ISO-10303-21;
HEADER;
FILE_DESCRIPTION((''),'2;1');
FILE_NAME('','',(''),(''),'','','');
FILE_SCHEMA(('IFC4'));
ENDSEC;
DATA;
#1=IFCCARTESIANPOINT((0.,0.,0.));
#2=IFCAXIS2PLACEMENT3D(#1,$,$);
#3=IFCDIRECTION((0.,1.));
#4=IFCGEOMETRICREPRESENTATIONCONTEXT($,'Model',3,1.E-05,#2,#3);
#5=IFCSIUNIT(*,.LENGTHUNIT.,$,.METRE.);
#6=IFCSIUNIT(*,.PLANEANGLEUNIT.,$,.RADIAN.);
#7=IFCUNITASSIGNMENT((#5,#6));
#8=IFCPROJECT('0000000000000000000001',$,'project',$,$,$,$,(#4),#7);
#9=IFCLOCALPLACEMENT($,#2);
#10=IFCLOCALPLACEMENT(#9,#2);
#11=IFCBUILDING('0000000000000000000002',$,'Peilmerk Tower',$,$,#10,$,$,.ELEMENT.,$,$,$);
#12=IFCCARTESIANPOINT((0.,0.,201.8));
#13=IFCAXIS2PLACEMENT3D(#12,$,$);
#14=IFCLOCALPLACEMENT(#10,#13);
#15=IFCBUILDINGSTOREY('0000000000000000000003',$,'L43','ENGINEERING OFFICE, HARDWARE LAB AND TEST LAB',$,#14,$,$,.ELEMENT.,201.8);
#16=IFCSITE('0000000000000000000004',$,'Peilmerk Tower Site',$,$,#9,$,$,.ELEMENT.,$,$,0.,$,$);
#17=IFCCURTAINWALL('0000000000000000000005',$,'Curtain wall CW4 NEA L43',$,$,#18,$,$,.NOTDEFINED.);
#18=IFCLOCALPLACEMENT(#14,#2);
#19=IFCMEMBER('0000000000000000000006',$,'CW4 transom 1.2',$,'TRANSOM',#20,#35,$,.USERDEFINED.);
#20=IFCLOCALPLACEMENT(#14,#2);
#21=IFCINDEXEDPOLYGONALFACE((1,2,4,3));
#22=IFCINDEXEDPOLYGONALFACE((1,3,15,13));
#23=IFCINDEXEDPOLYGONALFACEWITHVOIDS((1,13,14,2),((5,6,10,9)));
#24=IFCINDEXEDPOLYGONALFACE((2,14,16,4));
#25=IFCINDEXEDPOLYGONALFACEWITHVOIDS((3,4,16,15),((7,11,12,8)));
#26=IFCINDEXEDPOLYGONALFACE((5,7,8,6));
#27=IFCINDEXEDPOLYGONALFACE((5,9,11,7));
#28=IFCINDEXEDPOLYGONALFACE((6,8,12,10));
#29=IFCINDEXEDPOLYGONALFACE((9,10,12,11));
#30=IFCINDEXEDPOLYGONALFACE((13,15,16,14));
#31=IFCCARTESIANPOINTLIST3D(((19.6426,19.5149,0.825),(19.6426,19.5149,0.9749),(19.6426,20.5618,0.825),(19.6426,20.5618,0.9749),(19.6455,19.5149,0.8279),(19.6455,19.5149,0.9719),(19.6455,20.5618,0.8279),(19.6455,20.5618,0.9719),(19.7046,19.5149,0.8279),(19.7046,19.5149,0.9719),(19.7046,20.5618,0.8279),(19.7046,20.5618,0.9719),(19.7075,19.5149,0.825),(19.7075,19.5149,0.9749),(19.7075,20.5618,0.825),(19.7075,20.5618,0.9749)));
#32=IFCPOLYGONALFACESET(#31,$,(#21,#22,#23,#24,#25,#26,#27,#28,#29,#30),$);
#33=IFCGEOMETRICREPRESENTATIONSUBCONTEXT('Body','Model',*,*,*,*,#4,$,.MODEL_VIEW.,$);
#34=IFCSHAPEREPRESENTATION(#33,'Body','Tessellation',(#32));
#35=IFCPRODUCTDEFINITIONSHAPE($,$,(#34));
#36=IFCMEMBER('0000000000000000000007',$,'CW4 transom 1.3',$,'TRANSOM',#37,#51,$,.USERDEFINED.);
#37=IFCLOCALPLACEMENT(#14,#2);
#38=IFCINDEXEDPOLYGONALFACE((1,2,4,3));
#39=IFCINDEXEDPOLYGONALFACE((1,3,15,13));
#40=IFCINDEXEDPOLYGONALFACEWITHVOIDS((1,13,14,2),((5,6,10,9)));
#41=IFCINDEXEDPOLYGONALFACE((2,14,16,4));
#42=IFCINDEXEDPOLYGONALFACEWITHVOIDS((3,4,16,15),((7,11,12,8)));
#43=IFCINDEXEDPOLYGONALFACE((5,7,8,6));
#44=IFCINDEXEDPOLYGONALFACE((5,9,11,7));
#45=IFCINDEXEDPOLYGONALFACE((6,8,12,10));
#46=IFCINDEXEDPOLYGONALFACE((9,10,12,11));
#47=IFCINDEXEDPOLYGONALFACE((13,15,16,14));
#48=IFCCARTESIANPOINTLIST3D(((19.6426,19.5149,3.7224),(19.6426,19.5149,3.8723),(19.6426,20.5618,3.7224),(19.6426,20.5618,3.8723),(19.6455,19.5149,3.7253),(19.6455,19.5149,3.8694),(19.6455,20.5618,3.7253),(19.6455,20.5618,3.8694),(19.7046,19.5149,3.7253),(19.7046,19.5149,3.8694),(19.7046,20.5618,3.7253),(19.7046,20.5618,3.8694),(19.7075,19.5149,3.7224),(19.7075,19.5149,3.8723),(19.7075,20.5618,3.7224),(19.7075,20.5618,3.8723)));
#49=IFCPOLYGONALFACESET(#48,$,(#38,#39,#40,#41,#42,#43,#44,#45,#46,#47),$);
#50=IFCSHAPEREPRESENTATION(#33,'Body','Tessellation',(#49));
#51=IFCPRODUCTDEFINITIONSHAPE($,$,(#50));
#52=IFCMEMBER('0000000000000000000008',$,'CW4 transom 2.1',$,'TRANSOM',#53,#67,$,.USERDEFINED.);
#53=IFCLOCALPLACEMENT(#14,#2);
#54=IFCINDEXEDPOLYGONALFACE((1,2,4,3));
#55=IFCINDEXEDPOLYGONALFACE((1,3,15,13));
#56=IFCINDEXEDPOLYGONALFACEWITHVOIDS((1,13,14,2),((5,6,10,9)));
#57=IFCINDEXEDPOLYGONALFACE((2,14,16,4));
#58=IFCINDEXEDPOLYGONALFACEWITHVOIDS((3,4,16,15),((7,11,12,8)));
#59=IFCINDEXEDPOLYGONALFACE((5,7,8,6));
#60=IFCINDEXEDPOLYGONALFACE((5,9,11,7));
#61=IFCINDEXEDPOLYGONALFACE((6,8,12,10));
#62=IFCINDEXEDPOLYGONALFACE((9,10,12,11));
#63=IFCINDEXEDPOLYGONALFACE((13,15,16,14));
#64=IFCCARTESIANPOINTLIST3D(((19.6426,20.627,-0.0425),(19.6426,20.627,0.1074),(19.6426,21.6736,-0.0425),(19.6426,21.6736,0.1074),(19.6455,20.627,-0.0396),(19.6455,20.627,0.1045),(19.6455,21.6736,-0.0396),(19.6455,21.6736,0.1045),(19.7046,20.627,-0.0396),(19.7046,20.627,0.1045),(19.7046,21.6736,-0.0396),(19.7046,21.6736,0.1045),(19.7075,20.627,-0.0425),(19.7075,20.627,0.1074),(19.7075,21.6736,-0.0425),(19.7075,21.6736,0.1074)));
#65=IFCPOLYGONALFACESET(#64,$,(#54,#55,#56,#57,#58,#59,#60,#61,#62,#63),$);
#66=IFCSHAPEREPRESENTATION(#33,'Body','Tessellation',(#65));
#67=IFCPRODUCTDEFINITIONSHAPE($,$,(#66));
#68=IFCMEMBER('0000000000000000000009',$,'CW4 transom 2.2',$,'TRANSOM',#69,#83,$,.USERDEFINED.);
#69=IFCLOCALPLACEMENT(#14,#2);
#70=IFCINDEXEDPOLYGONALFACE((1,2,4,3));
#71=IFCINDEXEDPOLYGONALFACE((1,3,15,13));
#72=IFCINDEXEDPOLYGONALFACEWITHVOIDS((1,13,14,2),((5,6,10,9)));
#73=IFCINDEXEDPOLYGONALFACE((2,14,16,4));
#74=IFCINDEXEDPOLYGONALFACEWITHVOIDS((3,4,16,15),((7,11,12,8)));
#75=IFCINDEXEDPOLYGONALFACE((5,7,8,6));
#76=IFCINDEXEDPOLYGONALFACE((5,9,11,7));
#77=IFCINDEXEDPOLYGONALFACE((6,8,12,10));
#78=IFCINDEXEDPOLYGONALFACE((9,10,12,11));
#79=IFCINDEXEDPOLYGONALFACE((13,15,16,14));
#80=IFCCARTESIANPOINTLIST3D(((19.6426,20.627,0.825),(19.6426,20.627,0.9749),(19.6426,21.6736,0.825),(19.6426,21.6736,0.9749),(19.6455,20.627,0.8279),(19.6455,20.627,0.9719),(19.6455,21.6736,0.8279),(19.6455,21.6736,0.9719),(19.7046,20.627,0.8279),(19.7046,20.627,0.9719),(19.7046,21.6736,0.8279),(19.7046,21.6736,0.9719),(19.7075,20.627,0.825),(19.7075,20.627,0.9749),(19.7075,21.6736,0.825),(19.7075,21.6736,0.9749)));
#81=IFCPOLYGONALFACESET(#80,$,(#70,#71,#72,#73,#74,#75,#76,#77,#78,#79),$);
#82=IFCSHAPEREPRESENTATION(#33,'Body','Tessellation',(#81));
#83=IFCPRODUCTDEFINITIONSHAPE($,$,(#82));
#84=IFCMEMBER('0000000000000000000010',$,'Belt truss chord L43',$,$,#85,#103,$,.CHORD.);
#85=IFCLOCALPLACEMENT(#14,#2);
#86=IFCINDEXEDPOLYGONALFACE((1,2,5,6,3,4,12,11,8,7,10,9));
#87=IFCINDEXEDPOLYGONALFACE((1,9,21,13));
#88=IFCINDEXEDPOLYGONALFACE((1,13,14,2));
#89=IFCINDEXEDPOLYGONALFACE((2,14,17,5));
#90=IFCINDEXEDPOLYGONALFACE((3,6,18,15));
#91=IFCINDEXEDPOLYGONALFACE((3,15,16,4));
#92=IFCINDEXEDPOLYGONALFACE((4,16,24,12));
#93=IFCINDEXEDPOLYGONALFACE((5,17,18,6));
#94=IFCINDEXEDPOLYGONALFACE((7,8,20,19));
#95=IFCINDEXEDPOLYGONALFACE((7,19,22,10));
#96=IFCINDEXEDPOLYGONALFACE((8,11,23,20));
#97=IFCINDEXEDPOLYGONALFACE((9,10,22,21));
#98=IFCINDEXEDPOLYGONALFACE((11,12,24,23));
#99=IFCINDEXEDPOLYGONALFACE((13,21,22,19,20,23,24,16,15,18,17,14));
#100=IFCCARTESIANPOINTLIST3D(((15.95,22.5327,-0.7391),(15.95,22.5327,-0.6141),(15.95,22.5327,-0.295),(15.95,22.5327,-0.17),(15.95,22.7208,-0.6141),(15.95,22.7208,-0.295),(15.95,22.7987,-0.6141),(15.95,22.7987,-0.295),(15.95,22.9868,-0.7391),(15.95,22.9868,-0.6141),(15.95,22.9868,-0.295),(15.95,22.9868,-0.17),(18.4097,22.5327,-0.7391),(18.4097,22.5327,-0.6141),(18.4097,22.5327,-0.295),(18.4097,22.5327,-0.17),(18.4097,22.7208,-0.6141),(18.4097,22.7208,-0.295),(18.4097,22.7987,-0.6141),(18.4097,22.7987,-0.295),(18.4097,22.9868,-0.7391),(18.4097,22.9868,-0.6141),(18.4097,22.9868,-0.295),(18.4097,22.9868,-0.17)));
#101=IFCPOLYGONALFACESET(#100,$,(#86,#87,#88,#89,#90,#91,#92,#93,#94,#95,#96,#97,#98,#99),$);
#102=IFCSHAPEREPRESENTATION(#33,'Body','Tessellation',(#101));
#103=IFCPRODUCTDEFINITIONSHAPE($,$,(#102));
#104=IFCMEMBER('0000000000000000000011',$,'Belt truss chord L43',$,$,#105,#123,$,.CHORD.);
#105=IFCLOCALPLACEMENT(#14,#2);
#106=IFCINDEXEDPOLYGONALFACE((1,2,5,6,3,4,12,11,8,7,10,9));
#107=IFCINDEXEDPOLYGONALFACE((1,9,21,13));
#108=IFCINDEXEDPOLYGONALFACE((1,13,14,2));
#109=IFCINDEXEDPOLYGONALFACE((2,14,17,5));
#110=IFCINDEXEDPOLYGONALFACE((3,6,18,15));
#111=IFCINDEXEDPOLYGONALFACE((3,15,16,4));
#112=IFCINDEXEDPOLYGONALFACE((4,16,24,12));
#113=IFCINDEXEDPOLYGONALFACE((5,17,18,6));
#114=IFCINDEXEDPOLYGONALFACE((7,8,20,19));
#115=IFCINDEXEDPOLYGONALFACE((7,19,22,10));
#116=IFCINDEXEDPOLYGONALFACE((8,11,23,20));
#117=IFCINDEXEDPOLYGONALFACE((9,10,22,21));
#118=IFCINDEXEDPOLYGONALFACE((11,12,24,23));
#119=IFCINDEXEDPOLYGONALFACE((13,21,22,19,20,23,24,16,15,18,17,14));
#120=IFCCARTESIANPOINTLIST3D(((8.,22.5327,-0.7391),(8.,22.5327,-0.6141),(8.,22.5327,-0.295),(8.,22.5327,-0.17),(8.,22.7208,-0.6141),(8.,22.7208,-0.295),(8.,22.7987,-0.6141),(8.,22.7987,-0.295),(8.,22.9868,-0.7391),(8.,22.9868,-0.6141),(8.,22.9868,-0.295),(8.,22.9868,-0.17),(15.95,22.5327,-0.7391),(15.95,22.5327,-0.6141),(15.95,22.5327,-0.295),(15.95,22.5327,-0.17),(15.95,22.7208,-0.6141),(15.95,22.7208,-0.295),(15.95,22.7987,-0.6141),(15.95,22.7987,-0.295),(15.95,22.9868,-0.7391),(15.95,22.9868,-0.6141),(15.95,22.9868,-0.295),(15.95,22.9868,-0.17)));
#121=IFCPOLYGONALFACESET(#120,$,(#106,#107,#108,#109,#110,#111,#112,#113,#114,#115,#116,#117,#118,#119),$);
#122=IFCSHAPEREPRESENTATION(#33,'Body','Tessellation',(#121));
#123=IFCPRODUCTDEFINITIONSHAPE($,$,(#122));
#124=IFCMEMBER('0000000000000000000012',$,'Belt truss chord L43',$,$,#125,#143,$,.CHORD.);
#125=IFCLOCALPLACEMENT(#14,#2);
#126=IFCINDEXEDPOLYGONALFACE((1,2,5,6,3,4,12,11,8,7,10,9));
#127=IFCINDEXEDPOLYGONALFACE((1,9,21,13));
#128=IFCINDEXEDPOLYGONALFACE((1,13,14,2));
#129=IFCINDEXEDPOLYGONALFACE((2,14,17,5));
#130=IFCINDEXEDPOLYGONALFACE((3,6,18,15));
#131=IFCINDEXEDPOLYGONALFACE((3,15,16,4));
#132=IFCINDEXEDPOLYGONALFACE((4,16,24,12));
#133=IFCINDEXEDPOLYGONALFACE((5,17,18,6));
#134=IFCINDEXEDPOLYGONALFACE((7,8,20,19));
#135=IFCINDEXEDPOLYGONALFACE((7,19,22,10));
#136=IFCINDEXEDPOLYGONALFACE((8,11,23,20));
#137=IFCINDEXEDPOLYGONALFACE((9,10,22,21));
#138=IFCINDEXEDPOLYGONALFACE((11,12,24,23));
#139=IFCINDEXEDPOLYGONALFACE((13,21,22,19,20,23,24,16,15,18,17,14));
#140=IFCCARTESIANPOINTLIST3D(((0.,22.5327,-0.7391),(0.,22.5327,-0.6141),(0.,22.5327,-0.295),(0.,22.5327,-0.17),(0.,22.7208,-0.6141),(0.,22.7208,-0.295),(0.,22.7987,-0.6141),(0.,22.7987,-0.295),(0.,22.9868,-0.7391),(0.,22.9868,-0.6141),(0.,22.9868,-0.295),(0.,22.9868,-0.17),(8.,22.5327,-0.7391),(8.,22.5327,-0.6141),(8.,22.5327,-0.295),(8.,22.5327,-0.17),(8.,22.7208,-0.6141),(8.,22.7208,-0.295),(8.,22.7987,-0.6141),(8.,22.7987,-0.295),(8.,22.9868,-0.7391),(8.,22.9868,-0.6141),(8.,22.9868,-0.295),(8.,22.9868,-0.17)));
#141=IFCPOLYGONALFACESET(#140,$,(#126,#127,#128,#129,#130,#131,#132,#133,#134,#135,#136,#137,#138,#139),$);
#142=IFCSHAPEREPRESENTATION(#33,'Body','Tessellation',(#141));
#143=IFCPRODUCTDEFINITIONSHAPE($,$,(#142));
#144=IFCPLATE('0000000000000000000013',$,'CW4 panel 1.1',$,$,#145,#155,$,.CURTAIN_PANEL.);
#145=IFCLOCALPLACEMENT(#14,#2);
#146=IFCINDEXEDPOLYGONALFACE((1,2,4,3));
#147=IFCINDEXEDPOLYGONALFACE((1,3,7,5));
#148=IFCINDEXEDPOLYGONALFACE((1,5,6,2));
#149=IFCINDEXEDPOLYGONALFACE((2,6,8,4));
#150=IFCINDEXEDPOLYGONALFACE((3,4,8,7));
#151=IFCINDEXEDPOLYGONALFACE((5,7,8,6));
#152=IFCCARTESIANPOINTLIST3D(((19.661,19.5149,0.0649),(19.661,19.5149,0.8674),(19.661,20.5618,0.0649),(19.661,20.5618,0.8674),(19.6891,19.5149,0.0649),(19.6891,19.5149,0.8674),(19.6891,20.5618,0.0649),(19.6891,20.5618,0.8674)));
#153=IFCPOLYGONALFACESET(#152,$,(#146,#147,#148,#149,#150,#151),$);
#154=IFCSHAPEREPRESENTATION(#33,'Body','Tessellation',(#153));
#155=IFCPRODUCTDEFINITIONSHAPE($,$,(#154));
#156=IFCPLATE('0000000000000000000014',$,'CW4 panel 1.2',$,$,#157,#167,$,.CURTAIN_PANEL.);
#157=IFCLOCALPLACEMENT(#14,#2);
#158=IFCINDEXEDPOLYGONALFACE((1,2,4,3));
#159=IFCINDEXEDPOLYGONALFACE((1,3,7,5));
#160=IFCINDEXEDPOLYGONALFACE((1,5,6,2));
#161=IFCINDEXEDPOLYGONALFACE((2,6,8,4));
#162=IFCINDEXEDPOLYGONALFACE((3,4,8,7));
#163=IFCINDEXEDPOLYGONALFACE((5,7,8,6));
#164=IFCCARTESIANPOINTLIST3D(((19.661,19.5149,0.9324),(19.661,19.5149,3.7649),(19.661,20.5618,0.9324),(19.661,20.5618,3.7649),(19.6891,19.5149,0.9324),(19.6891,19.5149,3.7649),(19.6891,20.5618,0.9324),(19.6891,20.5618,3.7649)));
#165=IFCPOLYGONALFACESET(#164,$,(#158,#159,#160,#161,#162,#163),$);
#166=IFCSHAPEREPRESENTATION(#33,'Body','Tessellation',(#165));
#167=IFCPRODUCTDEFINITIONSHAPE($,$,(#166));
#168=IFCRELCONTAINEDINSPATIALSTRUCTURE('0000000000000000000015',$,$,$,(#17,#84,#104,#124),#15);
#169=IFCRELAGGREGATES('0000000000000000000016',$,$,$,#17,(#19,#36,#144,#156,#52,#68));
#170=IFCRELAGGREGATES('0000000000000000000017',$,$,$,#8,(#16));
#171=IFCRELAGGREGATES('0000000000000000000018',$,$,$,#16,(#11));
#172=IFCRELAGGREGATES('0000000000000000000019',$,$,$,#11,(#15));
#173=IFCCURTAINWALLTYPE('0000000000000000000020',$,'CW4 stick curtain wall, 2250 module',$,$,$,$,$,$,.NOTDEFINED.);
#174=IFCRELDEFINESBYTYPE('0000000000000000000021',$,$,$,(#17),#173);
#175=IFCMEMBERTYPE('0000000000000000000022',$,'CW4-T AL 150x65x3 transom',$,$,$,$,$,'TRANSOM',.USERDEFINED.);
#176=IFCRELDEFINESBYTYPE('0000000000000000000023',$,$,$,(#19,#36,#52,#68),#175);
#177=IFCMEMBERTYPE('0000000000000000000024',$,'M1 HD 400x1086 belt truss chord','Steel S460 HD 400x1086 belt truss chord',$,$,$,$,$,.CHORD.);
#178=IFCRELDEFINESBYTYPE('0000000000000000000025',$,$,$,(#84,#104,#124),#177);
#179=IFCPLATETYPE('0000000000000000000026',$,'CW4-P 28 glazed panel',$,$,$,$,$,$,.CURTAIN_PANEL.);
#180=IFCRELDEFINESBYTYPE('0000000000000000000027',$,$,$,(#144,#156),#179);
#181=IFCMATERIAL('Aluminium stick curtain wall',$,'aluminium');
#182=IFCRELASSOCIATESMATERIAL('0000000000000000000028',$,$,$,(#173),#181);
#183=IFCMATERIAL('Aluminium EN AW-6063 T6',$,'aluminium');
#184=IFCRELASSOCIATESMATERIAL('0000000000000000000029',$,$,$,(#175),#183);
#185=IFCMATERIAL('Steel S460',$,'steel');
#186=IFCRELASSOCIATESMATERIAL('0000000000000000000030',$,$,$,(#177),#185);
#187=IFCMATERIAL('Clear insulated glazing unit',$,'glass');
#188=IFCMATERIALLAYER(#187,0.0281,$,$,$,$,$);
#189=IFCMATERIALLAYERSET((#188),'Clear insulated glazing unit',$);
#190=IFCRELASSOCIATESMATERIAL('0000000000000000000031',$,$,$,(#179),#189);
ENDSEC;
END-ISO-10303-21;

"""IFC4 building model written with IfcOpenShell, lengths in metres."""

from ifc_helpers import new_model, si_unit, direction, frame, origin, origin_2d, place, context, subcontext, project, spatial, rectangle, hollow_rectangle, i_section, extrude, material, layer, layer_set, material_profile, profile_set, type_object, element, aggregate, save


model = new_model("IFC4")

# Units and contexts
model_context = context("Model", 3, precision=1e-05, world=origin(), true_north=direction((0.0, 1.0)))
body_context = subcontext(model_context, "Body", "Model", "MODEL_VIEW")
ifc_project = project(units=[si_unit("LENGTHUNIT", "METRE"), si_unit("PLANEANGLEUNIT", "RADIAN")], contexts=[model_context])

# Site, building, storey
site_placement = place(None, origin())
site = spatial("IfcSite", under=ifc_project, at=site_placement, Name="Peilmerk Tower Site", CompositionType="ELEMENT", RefElevation=0.0)
building_placement = place(site_placement, origin())
building = spatial("IfcBuilding", under=site, at=building_placement, Name="Peilmerk Tower", CompositionType="ELEMENT")
storey_placement = place(building_placement, frame((0.0, 0.0, 201.8)))
storey = spatial("IfcBuildingStorey", under=building, at=storey_placement, Name="L43", Description="ENGINEERING OFFICE, HARDWARE LAB AND TEST LAB", CompositionType="ELEMENT", Elevation=201.8)

# Shared definitions
ifc_material_1 = material(Name="Steel S460", Category="steel")

# Curtain wall, members
ifc_material_2 = material(Name="Aluminium stick curtain wall", Category="aluminium")
curtain_wall_type = type_object("IfcCurtainWallType", Name="CW4 stick curtain wall, 2250 module", PredefinedType="NOTDEFINED", material=ifc_material_2)
curtain_wall_placement = place(storey_placement, origin())
curtain_wall = element("IfcCurtainWall", 1, at=curtain_wall_placement, inside=storey, type_object=curtain_wall_type, Name="Curtain wall CW4 NEA L43", PredefinedType="NOTDEFINED")
ifc_material_3 = material(Name="Aluminium EN AW-6063 T6", Category="aluminium")
ifc_material_profile_1 = material_profile(ifc_material_3, hollow_rectangle(XDim=0.0649, YDim=0.1499, WallThickness=0.0029, at=origin_2d()), Name="AL 150x65x3")
ifc_profile_set_1 = profile_set([ifc_material_profile_1], Name="Aluminium EN AW-6063 T6")
member_type_1 = type_object("IfcMemberType", Name="CW4-T AL 150x65x3 transom", ElementType="TRANSOM", PredefinedType="USERDEFINED", material=ifc_profile_set_1)
member_1_placement = place(storey_placement, frame((19.675, 19.5149, 0.8999), z_axis=(0.0, 1.0, 0.0), x_axis=(-1.0, 0.0, 0.0)))
member_1 = element("IfcMember", 2, at=member_1_placement, type_object=member_type_1, Name="CW4 transom 1.2", ObjectType="TRANSOM", PredefinedType="USERDEFINED", context=body_context, shape_type="SweptSolid", body=[
    extrude(hollow_rectangle(XDim=0.0649, YDim=0.1499, WallThickness=0.0029, at=origin_2d()), origin(), (0.0, 0.0, 1.0), 1.0469),
])
member_2_placement = place(storey_placement, frame((19.675, 19.5149, 3.7974), z_axis=(0.0, 1.0, 0.0), x_axis=(-1.0, 0.0, 0.0)))
member_2 = element("IfcMember", 3, at=member_2_placement, type_object=member_type_1, Name="CW4 transom 1.3", ObjectType="TRANSOM", PredefinedType="USERDEFINED", context=body_context, shape_type="SweptSolid", body=[
    extrude(hollow_rectangle(XDim=0.0649, YDim=0.1499, WallThickness=0.0029, at=origin_2d()), origin(), (0.0, 0.0, 1.0), 1.0469),
])
member_3_placement = place(storey_placement, frame((19.675, 20.627, 0.0325), z_axis=(0.0, 1.0, 0.0), x_axis=(-1.0, 0.0, 0.0)))
member_3 = element("IfcMember", 4, at=member_3_placement, type_object=member_type_1, Name="CW4 transom 2.1", ObjectType="TRANSOM", PredefinedType="USERDEFINED", context=body_context, shape_type="SweptSolid", body=[
    extrude(hollow_rectangle(XDim=0.0649, YDim=0.1499, WallThickness=0.0029, at=origin_2d()), origin(), (0.0, 0.0, 1.0), 1.0466),
])
member_4_placement = place(storey_placement, frame((19.675, 20.627, 0.8999), z_axis=(0.0, 1.0, 0.0), x_axis=(-1.0, 0.0, 0.0)))
member_4 = element("IfcMember", 5, at=member_4_placement, type_object=member_type_1, Name="CW4 transom 2.2", ObjectType="TRANSOM", PredefinedType="USERDEFINED", context=body_context, shape_type="SweptSolid", body=[
    extrude(hollow_rectangle(XDim=0.0649, YDim=0.1499, WallThickness=0.0029, at=origin_2d()), origin(), (0.0, 0.0, 1.0), 1.0466),
])

# Members
ifc_material_profile_2 = material_profile(ifc_material_1, i_section(OverallWidth=0.4541, OverallDepth=0.5691, WebThickness=0.0779, FlangeThickness=0.125, at=origin_2d()), Name="HD 400x1086")
ifc_profile_set_2 = profile_set([ifc_material_profile_2], Name="Steel S460")
member_type_2 = type_object("IfcMemberType", Name="M1 HD 400x1086 belt truss chord", Description="Steel S460 HD 400x1086 belt truss chord", PredefinedType="CHORD", material=ifc_profile_set_2)
member_5_placement = place(storey_placement, frame((18.4097, 22.7598, -0.4546), z_axis=(-1.0, 0.0, 0.0), x_axis=(0.0, -1.0, 0.0)))
element("IfcMember", 6, at=member_5_placement, inside=storey, type_object=member_type_2, Name="Belt truss chord L43", PredefinedType="CHORD", context=body_context, shape_type="SweptSolid", body=[
    extrude(i_section(OverallWidth=0.4541, OverallDepth=0.5691, WebThickness=0.0779, FlangeThickness=0.125, at=origin_2d()), origin(), (0.0, 0.0, 1.0), 2.4597),
])
member_6_placement = place(storey_placement, frame((15.95, 22.7598, -0.4546), z_axis=(-1.0, 0.0, 0.0), x_axis=(0.0, -1.0, 0.0)))
element("IfcMember", 7, at=member_6_placement, inside=storey, type_object=member_type_2, Name="Belt truss chord L43", PredefinedType="CHORD", context=body_context, shape_type="SweptSolid", body=[
    extrude(i_section(OverallWidth=0.4541, OverallDepth=0.5691, WebThickness=0.0779, FlangeThickness=0.125, at=origin_2d()), origin(), (0.0, 0.0, 1.0), 7.95),
])
member_7_placement = place(storey_placement, frame((8.0, 22.7598, -0.4546), z_axis=(-1.0, 0.0, 0.0), x_axis=(0.0, -1.0, 0.0)))
element("IfcMember", 8, at=member_7_placement, inside=storey, type_object=member_type_2, Name="Belt truss chord L43", PredefinedType="CHORD", context=body_context, shape_type="SweptSolid", body=[
    extrude(i_section(OverallWidth=0.4541, OverallDepth=0.5691, WebThickness=0.0779, FlangeThickness=0.125, at=origin_2d()), origin(), (0.0, 0.0, 1.0), 8.0),
])

# Plates
ifc_material_4 = material(Name="Clear insulated glazing unit", Category="glass")
ifc_layer_1 = layer(ifc_material_4, 0.0281)
ifc_layer_set_1 = layer_set([ifc_layer_1], Name="Clear insulated glazing unit")
plate_type = type_object("IfcPlateType", Name="CW4-P 28 glazed panel", PredefinedType="CURTAIN_PANEL", material=ifc_layer_set_1)
plate_1_placement = place(storey_placement, frame((19.675, 20.0383, 0.0649), z_axis=(0.0, 0.0, 1.0), x_axis=(0.0, 1.0, 0.0)))
plate_1 = element("IfcPlate", 9, at=plate_1_placement, type_object=plate_type, Name="CW4 panel 1.1", PredefinedType="CURTAIN_PANEL", context=body_context, shape_type="SweptSolid", body=[
    extrude(rectangle(XDim=1.0469, YDim=0.0281, at=origin_2d()), origin(), (0.0, 0.0, 1.0), 0.8025),
])
plate_2_placement = place(storey_placement, frame((19.675, 20.0383, 0.9324), z_axis=(0.0, 0.0, 1.0), x_axis=(0.0, 1.0, 0.0)))
plate_2 = element("IfcPlate", 10, at=plate_2_placement, type_object=plate_type, Name="CW4 panel 1.2", PredefinedType="CURTAIN_PANEL", context=body_context, shape_type="SweptSolid", body=[
    extrude(rectangle(XDim=1.0469, YDim=0.0281, at=origin_2d()), origin(), (0.0, 0.0, 1.0), 2.8325),
])
aggregate(curtain_wall, [member_1, member_2, plate_1, plate_2, member_3, member_4])

save(model, "model.ifc")
